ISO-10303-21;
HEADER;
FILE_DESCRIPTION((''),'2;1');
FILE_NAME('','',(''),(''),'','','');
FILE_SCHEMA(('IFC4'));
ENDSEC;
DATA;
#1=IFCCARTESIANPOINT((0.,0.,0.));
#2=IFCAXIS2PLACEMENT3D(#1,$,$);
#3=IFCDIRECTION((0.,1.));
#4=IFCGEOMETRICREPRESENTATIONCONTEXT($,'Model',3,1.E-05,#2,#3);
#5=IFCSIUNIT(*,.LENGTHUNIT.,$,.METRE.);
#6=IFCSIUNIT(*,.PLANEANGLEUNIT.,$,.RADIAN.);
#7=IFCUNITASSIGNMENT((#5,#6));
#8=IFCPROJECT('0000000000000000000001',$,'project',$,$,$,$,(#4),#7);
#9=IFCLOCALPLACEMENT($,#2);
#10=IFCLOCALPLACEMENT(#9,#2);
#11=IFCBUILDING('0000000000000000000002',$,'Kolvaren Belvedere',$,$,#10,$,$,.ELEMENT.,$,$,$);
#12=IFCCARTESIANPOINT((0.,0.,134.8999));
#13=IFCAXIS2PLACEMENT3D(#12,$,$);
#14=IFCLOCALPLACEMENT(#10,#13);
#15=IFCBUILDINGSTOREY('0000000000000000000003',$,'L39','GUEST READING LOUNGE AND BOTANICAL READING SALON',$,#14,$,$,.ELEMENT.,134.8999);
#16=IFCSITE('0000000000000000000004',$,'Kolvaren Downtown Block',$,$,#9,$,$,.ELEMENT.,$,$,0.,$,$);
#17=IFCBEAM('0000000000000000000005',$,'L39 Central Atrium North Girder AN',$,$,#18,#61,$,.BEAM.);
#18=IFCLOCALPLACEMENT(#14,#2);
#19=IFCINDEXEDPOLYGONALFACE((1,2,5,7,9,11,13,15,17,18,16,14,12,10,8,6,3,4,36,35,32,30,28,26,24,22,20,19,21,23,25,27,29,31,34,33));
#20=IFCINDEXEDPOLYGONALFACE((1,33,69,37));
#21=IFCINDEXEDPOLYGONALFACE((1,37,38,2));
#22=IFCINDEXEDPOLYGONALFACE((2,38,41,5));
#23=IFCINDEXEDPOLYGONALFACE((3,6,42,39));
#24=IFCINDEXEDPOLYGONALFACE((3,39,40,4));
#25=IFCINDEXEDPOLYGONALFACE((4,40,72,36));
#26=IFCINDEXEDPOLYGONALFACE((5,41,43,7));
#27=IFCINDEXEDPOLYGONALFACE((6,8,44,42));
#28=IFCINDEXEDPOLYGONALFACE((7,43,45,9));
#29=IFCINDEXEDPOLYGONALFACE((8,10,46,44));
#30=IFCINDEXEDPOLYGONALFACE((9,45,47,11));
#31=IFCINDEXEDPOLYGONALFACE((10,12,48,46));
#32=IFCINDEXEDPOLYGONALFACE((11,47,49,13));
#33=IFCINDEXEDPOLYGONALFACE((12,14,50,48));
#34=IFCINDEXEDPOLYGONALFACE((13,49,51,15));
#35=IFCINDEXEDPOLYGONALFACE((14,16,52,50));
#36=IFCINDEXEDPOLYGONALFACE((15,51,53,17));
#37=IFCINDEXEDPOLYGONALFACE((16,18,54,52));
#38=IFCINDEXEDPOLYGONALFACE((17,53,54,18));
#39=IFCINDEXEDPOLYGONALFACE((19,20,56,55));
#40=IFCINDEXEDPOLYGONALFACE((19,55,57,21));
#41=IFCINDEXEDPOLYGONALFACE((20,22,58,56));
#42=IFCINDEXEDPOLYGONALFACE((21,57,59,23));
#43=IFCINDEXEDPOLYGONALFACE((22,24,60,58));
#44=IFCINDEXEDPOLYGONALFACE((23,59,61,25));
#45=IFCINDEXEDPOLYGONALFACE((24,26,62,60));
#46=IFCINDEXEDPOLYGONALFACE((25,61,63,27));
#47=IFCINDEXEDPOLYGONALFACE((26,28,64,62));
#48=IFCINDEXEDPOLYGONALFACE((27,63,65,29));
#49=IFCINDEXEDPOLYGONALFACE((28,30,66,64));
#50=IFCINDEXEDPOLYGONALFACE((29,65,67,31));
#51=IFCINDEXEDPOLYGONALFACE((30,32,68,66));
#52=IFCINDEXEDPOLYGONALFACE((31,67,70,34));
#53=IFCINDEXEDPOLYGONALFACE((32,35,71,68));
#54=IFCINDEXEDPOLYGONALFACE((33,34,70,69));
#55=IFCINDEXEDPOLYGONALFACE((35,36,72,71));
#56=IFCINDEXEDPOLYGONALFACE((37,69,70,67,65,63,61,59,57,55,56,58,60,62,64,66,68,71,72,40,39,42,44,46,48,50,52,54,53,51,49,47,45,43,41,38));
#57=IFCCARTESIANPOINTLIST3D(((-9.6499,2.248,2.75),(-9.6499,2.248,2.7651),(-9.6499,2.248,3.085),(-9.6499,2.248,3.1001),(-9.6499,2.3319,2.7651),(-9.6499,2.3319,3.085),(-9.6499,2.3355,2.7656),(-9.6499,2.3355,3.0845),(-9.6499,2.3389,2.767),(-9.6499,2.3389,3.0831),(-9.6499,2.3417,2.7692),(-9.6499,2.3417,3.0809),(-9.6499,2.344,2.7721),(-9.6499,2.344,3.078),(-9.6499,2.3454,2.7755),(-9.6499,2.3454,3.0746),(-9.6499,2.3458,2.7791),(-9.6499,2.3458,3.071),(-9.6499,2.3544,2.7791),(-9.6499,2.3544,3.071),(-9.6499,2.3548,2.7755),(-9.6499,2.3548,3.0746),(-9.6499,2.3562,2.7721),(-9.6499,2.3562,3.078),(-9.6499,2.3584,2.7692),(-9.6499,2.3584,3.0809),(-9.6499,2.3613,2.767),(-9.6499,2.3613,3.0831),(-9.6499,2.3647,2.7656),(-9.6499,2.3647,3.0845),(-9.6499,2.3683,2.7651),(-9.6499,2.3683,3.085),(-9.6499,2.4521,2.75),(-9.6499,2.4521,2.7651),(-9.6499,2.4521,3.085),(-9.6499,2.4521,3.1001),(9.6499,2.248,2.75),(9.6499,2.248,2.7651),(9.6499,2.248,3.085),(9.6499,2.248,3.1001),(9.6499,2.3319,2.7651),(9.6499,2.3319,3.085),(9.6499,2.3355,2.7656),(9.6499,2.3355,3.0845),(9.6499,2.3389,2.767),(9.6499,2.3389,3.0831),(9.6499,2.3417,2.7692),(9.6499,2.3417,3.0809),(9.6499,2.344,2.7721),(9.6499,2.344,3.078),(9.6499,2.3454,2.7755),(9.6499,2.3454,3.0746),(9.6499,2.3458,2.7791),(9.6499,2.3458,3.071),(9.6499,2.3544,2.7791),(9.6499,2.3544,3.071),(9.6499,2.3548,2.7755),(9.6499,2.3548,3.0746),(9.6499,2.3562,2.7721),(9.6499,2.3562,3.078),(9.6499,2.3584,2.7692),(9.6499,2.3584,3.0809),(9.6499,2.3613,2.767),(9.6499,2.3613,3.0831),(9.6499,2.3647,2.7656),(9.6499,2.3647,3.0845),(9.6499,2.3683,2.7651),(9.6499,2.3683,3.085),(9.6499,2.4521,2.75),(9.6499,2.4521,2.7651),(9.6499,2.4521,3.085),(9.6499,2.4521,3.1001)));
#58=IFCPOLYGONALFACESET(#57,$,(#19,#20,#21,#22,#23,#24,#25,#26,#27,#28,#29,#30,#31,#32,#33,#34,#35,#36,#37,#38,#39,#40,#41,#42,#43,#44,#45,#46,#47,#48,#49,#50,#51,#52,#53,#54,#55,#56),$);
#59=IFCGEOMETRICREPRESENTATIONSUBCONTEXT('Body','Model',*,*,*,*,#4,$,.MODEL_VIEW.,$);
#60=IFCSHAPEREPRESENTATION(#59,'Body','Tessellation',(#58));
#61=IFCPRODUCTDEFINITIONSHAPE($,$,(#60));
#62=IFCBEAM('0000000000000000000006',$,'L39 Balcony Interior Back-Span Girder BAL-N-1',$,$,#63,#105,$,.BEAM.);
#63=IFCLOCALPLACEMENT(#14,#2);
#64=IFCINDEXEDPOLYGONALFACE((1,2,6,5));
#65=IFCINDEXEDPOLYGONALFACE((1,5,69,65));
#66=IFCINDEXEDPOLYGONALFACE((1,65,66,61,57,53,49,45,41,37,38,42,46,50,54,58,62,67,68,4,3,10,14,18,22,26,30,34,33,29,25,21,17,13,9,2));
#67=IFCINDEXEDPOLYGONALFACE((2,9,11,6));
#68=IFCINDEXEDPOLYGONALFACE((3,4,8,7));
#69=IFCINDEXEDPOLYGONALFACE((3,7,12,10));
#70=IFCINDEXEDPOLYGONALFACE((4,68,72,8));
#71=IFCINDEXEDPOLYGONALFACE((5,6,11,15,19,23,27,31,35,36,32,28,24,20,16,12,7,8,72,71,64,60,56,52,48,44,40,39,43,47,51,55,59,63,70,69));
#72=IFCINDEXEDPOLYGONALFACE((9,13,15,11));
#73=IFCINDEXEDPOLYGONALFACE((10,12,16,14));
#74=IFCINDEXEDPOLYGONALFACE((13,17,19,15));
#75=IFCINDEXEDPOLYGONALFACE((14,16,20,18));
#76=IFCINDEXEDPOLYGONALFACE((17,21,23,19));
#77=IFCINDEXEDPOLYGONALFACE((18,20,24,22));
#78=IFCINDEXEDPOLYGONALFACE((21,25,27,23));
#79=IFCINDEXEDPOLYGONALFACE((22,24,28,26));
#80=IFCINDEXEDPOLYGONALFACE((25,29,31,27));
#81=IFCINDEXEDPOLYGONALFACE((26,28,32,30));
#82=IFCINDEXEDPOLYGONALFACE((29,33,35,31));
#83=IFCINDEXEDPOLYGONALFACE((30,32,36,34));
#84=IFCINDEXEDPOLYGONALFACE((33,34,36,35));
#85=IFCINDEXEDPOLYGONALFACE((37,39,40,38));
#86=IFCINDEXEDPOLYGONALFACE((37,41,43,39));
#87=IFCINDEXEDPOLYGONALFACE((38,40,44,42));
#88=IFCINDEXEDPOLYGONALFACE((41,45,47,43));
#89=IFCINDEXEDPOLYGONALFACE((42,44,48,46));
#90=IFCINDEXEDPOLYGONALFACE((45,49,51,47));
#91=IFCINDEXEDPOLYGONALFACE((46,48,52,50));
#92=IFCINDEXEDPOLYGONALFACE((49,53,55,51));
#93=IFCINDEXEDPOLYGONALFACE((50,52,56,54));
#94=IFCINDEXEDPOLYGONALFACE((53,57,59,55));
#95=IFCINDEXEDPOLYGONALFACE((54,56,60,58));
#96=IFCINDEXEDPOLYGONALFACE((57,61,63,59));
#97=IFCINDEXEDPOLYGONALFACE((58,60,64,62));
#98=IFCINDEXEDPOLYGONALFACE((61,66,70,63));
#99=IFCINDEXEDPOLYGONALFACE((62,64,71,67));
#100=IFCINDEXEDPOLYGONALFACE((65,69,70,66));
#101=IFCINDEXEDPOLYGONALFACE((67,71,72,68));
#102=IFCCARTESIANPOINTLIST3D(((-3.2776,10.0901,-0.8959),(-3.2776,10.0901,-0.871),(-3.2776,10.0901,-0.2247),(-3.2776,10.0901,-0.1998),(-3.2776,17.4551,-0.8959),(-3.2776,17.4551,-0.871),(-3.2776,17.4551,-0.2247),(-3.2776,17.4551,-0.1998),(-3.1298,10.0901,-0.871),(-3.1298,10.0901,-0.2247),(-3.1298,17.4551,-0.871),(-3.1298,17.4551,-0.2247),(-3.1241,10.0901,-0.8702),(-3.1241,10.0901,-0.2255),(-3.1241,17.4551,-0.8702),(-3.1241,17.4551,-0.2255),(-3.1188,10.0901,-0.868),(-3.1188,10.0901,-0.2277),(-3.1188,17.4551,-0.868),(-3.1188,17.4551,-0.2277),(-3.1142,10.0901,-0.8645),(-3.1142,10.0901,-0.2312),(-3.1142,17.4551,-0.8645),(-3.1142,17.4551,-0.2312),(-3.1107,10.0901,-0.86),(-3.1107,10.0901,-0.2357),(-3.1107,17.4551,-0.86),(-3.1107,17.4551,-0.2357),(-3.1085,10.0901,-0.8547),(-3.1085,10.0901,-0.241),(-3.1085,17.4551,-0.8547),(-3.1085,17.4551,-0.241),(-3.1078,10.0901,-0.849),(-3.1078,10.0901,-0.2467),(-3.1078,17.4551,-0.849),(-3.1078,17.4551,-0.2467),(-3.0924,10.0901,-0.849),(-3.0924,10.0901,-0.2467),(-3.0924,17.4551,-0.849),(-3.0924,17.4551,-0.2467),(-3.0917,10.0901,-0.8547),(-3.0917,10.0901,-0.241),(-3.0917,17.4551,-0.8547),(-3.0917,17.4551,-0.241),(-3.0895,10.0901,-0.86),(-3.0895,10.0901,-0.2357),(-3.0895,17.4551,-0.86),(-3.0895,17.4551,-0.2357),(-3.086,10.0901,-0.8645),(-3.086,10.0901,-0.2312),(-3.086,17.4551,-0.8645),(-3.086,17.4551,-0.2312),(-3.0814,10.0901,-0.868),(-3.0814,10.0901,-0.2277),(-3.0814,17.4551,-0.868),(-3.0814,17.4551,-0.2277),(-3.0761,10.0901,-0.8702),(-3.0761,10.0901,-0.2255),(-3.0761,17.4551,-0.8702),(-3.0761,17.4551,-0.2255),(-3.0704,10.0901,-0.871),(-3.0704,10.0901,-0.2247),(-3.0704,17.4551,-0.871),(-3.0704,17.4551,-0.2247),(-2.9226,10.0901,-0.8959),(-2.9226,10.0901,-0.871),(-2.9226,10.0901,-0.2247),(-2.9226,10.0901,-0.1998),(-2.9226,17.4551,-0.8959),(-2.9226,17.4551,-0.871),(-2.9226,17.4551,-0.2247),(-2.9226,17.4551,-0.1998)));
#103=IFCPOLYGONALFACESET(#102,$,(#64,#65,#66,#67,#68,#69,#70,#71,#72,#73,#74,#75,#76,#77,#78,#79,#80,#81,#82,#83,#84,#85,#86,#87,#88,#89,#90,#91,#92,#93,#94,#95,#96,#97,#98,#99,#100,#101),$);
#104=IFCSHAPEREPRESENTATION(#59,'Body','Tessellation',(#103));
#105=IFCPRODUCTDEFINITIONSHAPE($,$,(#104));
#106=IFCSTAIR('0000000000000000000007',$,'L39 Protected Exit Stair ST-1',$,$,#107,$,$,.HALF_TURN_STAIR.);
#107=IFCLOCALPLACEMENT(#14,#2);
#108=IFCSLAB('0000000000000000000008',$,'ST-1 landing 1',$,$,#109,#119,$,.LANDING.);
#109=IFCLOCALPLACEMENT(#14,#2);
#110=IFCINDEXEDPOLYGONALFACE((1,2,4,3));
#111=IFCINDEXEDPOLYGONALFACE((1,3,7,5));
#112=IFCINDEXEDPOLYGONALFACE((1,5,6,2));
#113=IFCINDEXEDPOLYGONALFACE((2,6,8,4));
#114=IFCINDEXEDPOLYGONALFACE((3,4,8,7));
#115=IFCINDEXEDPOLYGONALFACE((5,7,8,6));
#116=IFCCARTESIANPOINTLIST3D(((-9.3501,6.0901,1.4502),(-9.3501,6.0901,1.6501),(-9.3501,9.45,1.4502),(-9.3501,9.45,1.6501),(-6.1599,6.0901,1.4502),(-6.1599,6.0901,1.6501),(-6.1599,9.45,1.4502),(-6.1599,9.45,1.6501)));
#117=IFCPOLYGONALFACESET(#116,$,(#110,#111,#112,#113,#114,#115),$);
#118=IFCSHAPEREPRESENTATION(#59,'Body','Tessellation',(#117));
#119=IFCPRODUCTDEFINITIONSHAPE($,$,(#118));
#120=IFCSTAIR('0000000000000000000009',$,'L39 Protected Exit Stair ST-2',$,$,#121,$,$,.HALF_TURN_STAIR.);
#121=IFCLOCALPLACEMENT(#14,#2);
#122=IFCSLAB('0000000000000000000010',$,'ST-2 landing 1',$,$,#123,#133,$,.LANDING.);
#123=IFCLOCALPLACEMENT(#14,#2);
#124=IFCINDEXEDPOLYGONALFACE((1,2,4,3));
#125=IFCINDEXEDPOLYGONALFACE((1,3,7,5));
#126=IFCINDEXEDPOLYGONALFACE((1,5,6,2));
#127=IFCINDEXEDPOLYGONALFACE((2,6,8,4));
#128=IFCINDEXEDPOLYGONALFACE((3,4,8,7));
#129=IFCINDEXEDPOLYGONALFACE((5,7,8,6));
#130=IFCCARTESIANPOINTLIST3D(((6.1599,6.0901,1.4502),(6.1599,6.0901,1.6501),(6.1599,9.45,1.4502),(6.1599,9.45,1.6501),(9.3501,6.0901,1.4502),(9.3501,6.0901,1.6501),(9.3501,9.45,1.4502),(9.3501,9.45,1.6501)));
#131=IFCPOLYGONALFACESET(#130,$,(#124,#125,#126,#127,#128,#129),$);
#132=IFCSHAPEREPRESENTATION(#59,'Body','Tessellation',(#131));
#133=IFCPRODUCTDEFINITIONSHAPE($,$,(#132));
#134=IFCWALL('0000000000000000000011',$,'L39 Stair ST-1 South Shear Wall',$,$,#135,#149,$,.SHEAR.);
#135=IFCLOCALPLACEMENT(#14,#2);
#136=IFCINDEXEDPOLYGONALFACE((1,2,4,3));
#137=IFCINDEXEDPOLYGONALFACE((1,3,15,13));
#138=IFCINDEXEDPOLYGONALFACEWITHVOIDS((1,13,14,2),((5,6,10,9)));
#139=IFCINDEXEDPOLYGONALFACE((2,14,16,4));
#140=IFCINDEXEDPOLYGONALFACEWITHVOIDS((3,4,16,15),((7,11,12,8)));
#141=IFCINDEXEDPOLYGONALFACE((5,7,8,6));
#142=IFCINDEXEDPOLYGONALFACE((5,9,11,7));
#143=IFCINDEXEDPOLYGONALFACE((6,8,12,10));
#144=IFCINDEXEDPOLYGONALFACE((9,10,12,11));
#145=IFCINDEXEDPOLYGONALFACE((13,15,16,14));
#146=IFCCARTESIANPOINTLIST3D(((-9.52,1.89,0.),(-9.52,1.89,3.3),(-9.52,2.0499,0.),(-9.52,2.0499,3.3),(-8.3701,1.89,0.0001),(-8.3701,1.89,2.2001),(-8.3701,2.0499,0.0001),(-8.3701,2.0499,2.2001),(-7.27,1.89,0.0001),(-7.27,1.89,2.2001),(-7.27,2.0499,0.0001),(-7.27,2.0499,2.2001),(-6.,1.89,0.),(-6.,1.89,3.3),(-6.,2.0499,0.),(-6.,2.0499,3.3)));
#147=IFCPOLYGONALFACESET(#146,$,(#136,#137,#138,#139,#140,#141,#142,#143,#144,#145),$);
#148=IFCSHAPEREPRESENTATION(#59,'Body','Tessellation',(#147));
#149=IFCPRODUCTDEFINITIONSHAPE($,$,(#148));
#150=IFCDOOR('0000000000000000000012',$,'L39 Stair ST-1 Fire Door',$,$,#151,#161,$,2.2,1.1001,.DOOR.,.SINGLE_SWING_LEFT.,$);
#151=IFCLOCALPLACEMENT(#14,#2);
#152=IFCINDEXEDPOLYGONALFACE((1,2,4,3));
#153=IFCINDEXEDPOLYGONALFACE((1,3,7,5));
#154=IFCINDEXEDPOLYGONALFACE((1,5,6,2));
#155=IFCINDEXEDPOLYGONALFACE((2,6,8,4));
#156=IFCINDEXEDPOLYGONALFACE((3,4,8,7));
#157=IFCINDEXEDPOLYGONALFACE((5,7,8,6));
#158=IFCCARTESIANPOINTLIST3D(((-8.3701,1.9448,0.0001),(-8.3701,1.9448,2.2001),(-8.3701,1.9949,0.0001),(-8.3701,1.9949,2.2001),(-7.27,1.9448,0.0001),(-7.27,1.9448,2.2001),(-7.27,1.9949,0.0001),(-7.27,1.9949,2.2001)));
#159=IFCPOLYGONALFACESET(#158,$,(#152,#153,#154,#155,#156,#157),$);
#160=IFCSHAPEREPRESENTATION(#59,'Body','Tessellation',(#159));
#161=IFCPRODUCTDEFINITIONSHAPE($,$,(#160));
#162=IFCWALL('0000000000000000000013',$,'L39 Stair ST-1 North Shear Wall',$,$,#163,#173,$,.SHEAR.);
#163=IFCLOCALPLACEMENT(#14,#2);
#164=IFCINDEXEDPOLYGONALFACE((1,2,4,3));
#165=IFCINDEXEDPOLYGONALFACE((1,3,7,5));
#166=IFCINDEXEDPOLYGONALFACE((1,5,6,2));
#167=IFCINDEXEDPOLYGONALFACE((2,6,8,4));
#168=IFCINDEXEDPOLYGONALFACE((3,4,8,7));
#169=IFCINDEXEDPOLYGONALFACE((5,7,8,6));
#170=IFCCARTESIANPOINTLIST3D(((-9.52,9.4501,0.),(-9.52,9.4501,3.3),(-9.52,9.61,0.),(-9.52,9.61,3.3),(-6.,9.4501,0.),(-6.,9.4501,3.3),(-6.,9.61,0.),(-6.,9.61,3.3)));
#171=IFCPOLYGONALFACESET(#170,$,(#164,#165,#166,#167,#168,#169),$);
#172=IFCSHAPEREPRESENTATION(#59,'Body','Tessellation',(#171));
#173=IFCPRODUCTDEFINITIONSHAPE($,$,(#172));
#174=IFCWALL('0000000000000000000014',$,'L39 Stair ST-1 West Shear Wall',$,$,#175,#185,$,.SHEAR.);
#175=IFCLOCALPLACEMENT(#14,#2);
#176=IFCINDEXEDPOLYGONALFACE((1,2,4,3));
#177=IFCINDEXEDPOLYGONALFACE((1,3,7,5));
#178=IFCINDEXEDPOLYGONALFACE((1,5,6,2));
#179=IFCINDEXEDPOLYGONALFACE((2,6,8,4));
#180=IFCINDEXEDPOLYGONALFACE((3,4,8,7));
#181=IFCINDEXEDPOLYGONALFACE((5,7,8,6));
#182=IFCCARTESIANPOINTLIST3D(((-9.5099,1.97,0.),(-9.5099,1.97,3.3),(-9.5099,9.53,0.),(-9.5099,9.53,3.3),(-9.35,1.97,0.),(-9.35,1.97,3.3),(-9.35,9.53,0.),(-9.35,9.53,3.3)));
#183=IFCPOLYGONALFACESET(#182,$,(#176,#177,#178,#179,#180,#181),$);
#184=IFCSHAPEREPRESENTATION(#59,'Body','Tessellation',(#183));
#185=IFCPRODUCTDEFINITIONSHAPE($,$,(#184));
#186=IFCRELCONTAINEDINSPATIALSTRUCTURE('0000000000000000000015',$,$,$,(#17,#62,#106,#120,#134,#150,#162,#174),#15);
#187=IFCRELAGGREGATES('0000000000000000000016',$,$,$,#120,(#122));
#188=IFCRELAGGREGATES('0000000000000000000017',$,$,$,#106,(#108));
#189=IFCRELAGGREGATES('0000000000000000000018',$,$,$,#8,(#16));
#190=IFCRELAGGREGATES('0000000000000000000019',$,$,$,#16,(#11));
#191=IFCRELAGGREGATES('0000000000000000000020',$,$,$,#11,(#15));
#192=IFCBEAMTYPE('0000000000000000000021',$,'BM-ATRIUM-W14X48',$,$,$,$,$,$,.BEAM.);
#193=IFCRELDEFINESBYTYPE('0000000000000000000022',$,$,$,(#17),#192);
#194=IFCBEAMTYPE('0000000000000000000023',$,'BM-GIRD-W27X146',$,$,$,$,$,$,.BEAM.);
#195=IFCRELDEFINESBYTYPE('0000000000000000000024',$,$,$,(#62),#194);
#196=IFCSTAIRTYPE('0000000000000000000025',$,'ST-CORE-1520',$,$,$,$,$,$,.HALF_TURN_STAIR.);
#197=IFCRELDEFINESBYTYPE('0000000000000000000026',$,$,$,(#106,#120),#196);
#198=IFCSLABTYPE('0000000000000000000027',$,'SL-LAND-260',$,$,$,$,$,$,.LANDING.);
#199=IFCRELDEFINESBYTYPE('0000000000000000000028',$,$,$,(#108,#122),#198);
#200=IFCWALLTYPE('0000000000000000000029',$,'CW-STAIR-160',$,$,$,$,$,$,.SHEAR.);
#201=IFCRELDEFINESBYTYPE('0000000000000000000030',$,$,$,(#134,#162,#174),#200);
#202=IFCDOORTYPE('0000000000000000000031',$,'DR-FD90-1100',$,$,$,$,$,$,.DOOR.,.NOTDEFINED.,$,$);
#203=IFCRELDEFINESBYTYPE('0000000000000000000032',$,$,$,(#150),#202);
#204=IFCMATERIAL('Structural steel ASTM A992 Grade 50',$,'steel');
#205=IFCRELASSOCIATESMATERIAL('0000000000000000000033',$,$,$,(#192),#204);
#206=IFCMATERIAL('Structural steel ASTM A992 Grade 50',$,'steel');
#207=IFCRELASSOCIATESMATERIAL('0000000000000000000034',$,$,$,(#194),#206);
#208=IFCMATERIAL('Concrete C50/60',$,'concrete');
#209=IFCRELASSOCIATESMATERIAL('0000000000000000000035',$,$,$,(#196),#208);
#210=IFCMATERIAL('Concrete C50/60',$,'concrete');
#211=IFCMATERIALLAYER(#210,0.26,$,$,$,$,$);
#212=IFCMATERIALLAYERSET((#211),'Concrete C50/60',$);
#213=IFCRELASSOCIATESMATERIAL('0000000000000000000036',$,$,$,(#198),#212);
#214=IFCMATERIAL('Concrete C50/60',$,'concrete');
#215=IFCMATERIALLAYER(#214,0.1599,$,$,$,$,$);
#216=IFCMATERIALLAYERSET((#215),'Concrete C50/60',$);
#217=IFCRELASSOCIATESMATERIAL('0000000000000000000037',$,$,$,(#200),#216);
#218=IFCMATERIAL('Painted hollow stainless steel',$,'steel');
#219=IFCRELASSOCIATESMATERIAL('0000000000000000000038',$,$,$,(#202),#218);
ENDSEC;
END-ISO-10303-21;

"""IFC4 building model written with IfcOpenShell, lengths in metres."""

from ifc_helpers import new_model, si_unit, direction, frame, frame_2d, origin, origin_2d, place, context, subcontext, project, spatial, polyline, rectangle, i_section, outline, extrude, material, layer, layer_set, material_profile, profile_set, type_object, element, fill, aggregate, save


model = new_model("IFC4")

# Units and contexts
model_context = context("Model", 3, precision=1e-05, world=origin(), true_north=direction((0.0, 1.0)))
body_context = subcontext(model_context, "Body", "Model", "MODEL_VIEW")
ifc_project = project(units=[si_unit("LENGTHUNIT", "METRE"), si_unit("PLANEANGLEUNIT", "RADIAN")], contexts=[model_context])

# Site, building, storey
site_placement = place(None, origin())
site = spatial("IfcSite", under=ifc_project, at=site_placement, Name="Kolvaren Downtown Block", CompositionType="ELEMENT", RefElevation=0.0)
building_placement = place(site_placement, origin())
building = spatial("IfcBuilding", under=site, at=building_placement, Name="Kolvaren Belvedere", CompositionType="ELEMENT")
storey_placement = place(building_placement, frame((0.0, 0.0, 134.8999)))
storey = spatial("IfcBuildingStorey", under=building, at=storey_placement, Name="L39", Description="GUEST READING LOUNGE AND BOTANICAL READING SALON", CompositionType="ELEMENT", Elevation=134.8999)

# Beams
ifc_material_1 = material(Name="Structural steel ASTM A992 Grade 50", Category="steel")
ifc_material_profile_1 = material_profile(ifc_material_1, i_section(OverallWidth=0.2041, OverallDepth=0.3501, WebThickness=0.0085, FlangeThickness=0.0151, FilletRadius=0.0139, at=origin_2d()), Name="W14X48")
ifc_profile_set_1 = profile_set([ifc_material_profile_1], Name="Structural steel ASTM A992 Grade 50")
beam_type_1 = type_object("IfcBeamType", Name="BM-ATRIUM-W14X48", PredefinedType="BEAM", material=ifc_profile_set_1)
beam_1_placement = place(storey_placement, frame((-9.6499, 2.3501, 2.925), z_axis=(1.0, 0.0, 0.0), x_axis=(0.0, 1.0, 0.0)))
element("IfcBeam", 1, at=beam_1_placement, inside=storey, type_object=beam_type_1, Name="L39 Central Atrium North Girder AN", PredefinedType="BEAM", context=body_context, shape_type="SweptSolid", body=[
    extrude(i_section(OverallWidth=0.2041, OverallDepth=0.3501, WebThickness=0.0085, FlangeThickness=0.0151, FilletRadius=0.0139, at=origin_2d()), origin(), (0.0, 0.0, 1.0), 19.2998),
])
ifc_material_2 = material(Name="Structural steel ASTM A992 Grade 50", Category="steel")
ifc_material_profile_2 = material_profile(ifc_material_2, i_section(OverallWidth=0.355, OverallDepth=0.696, WebThickness=0.0154, FlangeThickness=0.0249, FilletRadius=0.022, at=origin_2d()), Name="W27X146")
ifc_profile_set_2 = profile_set([ifc_material_profile_2], Name="Structural steel ASTM A992 Grade 50")
beam_type_2 = type_object("IfcBeamType", Name="BM-GIRD-W27X146", PredefinedType="BEAM", material=ifc_profile_set_2)
beam_2_placement = place(storey_placement, frame((-3.1001, 10.0901, -0.5479), z_axis=(0.0, 1.0, 0.0), x_axis=(-1.0, 0.0, 0.0)))
element("IfcBeam", 2, at=beam_2_placement, inside=storey, type_object=beam_type_2, Name="L39 Balcony Interior Back-Span Girder BAL-N-1", PredefinedType="BEAM", context=body_context, shape_type="SweptSolid", body=[
    extrude(i_section(OverallWidth=0.355, OverallDepth=0.696, WebThickness=0.0154, FlangeThickness=0.0249, FilletRadius=0.022, at=origin_2d()), origin(), (0.0, 0.0, 1.0), 7.365),
])

# Stairs, slabs
ifc_material_3 = material(Name="Concrete C50/60", Category="concrete")
stair_type = type_object("IfcStairType", Name="ST-CORE-1520", PredefinedType="HALF_TURN_STAIR", material=ifc_material_3)
stair_1_placement = place(storey_placement, origin())
stair_1 = element("IfcStair", 3, at=stair_1_placement, inside=storey, type_object=stair_type, Name="L39 Protected Exit Stair ST-1", PredefinedType="HALF_TURN_STAIR")
ifc_material_4 = material(Name="Concrete C50/60", Category="concrete")
ifc_layer_1 = layer(ifc_material_4, 0.26)
ifc_layer_set_1 = layer_set([ifc_layer_1], Name="Concrete C50/60")
slab_type = type_object("IfcSlabType", Name="SL-LAND-260", PredefinedType="LANDING", material=ifc_layer_set_1)
slab_1_placement = place(storey_placement, frame((0.0, 0.0, 1.4502)))
slab_1 = element("IfcSlab", 4, at=slab_1_placement, type_object=slab_type, Name="ST-1 landing 1", PredefinedType="LANDING", context=body_context, shape_type="SweptSolid", body=[
    extrude(outline(polyline([(-6.1599, 6.0901), (-6.1599, 9.45), (-9.3501, 9.45), (-9.3501, 6.0901), (-6.1599, 6.0901)])), origin(), (0.0, 0.0, 1.0), 0.2),
])
stair_2_placement = place(storey_placement, origin())
stair_2 = element("IfcStair", 5, at=stair_2_placement, inside=storey, type_object=stair_type, Name="L39 Protected Exit Stair ST-2", PredefinedType="HALF_TURN_STAIR")
slab_2_placement = place(storey_placement, frame((0.0, 0.0, 1.4502)))
slab_2 = element("IfcSlab", 6, at=slab_2_placement, type_object=slab_type, Name="ST-2 landing 1", PredefinedType="LANDING", context=body_context, shape_type="SweptSolid", body=[
    extrude(outline(polyline([(9.3501, 6.0901), (9.3501, 9.45), (6.1599, 9.45), (6.1599, 6.0901), (9.3501, 6.0901)])), origin(), (0.0, 0.0, 1.0), 0.2),
])
aggregate(stair_2, [slab_2])

# Wall, opening, door
ifc_material_5 = material(Name="Concrete C50/60", Category="concrete")
ifc_layer_2 = layer(ifc_material_5, 0.1599)
ifc_layer_set_2 = layer_set([ifc_layer_2], Name="Concrete C50/60")
wall_type_1 = type_object("IfcWallType", Name="CW-STAIR-160", PredefinedType="SHEAR", material=ifc_layer_set_2)
wall_1_placement = place(storey_placement, frame((-9.52, 1.97, 0.0), z_axis=(0.0, 0.0, 1.0), x_axis=(1.0, 0.0, 0.0)))
wall_1 = element("IfcWall", 7, at=wall_1_placement, inside=storey, type_object=wall_type_1, Name="L39 Stair ST-1 South Shear Wall", PredefinedType="SHEAR", context=body_context, shape_type="SweptSolid", body=[
    extrude(rectangle(XDim=3.52, YDim=0.1599, at=frame_2d((1.76, 0.0))), origin(), (0.0, 0.0, 1.0), 3.3),
])
opening_1_placement = place(wall_1_placement, frame((1.1499, 0.0, 0.0)))
opening_1 = element("IfcOpeningElement", 8, at=opening_1_placement, cuts=wall_1, PredefinedType="OPENING", context=body_context, shape_type="SweptSolid", body=[
    extrude(rectangle(XDim=1.1001, YDim=2.2, at=frame_2d((0.55, 1.1001))), frame((0.0, 0.0898, 0.0), z_axis=(0.0, -1.0, 0.0), x_axis=(1.0, 0.0, 0.0)), (0.0, 0.0, 1.0), 0.1799),
])
ifc_material_6 = material(Name="Painted hollow stainless steel", Category="steel")
door_type_1 = type_object("IfcDoorType", Name="DR-FD90-1100", OperationType="NOTDEFINED", PredefinedType="DOOR", material=ifc_material_6)
door_1_placement = place(opening_1_placement, origin())
door_1 = element("IfcDoor", 9, at=door_1_placement, inside=storey, type_object=door_type_1, Name="L39 Stair ST-1 Fire Door", OperationType="SINGLE_SWING_LEFT", OverallHeight=2.2, OverallWidth=1.1001, PredefinedType="DOOR", context=body_context, shape_type="SweptSolid", body=[
    extrude(rectangle(XDim=1.1001, YDim=2.2, at=frame_2d((0.55, 1.1001))), frame((0.0, 0.0249, 0.0), z_axis=(0.0, -1.0, 0.0), x_axis=(1.0, 0.0, 0.0)), (0.0, 0.0, 1.0), 0.05),
])
fill(opening_1, door_1)

# Walls
wall_2_placement = place(storey_placement, frame((-9.52, 9.53, 0.0), z_axis=(0.0, 0.0, 1.0), x_axis=(1.0, 0.0, 0.0)))
element("IfcWall", 10, at=wall_2_placement, inside=storey, type_object=wall_type_1, Name="L39 Stair ST-1 North Shear Wall", PredefinedType="SHEAR", context=body_context, shape_type="SweptSolid", body=[
    extrude(rectangle(XDim=3.52, YDim=0.1599, at=frame_2d((1.76, 0.0))), origin(), (0.0, 0.0, 1.0), 3.3),
])
for number, where, z_axis, x_axis, name in (
    (11, (-9.4299, 1.97, 0.0), (0.0, 0.0, 1.0), (0.0, 1.0, 0.0), "L39 Stair ST-1 West Shear Wall"),
):
    element("IfcWall", number, at=place(storey_placement, frame(where, z_axis=z_axis, x_axis=x_axis)), inside=storey, type_object=wall_type_1, Name=name, PredefinedType="SHEAR", context=body_context, shape_type="SweptSolid", body=[
        extrude(rectangle(XDim=7.5601, YDim=0.1599, at=frame_2d((3.78, 0.0))), origin(), (0.0, 0.0, 1.0), 3.3),
    ])

aggregate(stair_1, [slab_1])

save(model, "model.ifc")
